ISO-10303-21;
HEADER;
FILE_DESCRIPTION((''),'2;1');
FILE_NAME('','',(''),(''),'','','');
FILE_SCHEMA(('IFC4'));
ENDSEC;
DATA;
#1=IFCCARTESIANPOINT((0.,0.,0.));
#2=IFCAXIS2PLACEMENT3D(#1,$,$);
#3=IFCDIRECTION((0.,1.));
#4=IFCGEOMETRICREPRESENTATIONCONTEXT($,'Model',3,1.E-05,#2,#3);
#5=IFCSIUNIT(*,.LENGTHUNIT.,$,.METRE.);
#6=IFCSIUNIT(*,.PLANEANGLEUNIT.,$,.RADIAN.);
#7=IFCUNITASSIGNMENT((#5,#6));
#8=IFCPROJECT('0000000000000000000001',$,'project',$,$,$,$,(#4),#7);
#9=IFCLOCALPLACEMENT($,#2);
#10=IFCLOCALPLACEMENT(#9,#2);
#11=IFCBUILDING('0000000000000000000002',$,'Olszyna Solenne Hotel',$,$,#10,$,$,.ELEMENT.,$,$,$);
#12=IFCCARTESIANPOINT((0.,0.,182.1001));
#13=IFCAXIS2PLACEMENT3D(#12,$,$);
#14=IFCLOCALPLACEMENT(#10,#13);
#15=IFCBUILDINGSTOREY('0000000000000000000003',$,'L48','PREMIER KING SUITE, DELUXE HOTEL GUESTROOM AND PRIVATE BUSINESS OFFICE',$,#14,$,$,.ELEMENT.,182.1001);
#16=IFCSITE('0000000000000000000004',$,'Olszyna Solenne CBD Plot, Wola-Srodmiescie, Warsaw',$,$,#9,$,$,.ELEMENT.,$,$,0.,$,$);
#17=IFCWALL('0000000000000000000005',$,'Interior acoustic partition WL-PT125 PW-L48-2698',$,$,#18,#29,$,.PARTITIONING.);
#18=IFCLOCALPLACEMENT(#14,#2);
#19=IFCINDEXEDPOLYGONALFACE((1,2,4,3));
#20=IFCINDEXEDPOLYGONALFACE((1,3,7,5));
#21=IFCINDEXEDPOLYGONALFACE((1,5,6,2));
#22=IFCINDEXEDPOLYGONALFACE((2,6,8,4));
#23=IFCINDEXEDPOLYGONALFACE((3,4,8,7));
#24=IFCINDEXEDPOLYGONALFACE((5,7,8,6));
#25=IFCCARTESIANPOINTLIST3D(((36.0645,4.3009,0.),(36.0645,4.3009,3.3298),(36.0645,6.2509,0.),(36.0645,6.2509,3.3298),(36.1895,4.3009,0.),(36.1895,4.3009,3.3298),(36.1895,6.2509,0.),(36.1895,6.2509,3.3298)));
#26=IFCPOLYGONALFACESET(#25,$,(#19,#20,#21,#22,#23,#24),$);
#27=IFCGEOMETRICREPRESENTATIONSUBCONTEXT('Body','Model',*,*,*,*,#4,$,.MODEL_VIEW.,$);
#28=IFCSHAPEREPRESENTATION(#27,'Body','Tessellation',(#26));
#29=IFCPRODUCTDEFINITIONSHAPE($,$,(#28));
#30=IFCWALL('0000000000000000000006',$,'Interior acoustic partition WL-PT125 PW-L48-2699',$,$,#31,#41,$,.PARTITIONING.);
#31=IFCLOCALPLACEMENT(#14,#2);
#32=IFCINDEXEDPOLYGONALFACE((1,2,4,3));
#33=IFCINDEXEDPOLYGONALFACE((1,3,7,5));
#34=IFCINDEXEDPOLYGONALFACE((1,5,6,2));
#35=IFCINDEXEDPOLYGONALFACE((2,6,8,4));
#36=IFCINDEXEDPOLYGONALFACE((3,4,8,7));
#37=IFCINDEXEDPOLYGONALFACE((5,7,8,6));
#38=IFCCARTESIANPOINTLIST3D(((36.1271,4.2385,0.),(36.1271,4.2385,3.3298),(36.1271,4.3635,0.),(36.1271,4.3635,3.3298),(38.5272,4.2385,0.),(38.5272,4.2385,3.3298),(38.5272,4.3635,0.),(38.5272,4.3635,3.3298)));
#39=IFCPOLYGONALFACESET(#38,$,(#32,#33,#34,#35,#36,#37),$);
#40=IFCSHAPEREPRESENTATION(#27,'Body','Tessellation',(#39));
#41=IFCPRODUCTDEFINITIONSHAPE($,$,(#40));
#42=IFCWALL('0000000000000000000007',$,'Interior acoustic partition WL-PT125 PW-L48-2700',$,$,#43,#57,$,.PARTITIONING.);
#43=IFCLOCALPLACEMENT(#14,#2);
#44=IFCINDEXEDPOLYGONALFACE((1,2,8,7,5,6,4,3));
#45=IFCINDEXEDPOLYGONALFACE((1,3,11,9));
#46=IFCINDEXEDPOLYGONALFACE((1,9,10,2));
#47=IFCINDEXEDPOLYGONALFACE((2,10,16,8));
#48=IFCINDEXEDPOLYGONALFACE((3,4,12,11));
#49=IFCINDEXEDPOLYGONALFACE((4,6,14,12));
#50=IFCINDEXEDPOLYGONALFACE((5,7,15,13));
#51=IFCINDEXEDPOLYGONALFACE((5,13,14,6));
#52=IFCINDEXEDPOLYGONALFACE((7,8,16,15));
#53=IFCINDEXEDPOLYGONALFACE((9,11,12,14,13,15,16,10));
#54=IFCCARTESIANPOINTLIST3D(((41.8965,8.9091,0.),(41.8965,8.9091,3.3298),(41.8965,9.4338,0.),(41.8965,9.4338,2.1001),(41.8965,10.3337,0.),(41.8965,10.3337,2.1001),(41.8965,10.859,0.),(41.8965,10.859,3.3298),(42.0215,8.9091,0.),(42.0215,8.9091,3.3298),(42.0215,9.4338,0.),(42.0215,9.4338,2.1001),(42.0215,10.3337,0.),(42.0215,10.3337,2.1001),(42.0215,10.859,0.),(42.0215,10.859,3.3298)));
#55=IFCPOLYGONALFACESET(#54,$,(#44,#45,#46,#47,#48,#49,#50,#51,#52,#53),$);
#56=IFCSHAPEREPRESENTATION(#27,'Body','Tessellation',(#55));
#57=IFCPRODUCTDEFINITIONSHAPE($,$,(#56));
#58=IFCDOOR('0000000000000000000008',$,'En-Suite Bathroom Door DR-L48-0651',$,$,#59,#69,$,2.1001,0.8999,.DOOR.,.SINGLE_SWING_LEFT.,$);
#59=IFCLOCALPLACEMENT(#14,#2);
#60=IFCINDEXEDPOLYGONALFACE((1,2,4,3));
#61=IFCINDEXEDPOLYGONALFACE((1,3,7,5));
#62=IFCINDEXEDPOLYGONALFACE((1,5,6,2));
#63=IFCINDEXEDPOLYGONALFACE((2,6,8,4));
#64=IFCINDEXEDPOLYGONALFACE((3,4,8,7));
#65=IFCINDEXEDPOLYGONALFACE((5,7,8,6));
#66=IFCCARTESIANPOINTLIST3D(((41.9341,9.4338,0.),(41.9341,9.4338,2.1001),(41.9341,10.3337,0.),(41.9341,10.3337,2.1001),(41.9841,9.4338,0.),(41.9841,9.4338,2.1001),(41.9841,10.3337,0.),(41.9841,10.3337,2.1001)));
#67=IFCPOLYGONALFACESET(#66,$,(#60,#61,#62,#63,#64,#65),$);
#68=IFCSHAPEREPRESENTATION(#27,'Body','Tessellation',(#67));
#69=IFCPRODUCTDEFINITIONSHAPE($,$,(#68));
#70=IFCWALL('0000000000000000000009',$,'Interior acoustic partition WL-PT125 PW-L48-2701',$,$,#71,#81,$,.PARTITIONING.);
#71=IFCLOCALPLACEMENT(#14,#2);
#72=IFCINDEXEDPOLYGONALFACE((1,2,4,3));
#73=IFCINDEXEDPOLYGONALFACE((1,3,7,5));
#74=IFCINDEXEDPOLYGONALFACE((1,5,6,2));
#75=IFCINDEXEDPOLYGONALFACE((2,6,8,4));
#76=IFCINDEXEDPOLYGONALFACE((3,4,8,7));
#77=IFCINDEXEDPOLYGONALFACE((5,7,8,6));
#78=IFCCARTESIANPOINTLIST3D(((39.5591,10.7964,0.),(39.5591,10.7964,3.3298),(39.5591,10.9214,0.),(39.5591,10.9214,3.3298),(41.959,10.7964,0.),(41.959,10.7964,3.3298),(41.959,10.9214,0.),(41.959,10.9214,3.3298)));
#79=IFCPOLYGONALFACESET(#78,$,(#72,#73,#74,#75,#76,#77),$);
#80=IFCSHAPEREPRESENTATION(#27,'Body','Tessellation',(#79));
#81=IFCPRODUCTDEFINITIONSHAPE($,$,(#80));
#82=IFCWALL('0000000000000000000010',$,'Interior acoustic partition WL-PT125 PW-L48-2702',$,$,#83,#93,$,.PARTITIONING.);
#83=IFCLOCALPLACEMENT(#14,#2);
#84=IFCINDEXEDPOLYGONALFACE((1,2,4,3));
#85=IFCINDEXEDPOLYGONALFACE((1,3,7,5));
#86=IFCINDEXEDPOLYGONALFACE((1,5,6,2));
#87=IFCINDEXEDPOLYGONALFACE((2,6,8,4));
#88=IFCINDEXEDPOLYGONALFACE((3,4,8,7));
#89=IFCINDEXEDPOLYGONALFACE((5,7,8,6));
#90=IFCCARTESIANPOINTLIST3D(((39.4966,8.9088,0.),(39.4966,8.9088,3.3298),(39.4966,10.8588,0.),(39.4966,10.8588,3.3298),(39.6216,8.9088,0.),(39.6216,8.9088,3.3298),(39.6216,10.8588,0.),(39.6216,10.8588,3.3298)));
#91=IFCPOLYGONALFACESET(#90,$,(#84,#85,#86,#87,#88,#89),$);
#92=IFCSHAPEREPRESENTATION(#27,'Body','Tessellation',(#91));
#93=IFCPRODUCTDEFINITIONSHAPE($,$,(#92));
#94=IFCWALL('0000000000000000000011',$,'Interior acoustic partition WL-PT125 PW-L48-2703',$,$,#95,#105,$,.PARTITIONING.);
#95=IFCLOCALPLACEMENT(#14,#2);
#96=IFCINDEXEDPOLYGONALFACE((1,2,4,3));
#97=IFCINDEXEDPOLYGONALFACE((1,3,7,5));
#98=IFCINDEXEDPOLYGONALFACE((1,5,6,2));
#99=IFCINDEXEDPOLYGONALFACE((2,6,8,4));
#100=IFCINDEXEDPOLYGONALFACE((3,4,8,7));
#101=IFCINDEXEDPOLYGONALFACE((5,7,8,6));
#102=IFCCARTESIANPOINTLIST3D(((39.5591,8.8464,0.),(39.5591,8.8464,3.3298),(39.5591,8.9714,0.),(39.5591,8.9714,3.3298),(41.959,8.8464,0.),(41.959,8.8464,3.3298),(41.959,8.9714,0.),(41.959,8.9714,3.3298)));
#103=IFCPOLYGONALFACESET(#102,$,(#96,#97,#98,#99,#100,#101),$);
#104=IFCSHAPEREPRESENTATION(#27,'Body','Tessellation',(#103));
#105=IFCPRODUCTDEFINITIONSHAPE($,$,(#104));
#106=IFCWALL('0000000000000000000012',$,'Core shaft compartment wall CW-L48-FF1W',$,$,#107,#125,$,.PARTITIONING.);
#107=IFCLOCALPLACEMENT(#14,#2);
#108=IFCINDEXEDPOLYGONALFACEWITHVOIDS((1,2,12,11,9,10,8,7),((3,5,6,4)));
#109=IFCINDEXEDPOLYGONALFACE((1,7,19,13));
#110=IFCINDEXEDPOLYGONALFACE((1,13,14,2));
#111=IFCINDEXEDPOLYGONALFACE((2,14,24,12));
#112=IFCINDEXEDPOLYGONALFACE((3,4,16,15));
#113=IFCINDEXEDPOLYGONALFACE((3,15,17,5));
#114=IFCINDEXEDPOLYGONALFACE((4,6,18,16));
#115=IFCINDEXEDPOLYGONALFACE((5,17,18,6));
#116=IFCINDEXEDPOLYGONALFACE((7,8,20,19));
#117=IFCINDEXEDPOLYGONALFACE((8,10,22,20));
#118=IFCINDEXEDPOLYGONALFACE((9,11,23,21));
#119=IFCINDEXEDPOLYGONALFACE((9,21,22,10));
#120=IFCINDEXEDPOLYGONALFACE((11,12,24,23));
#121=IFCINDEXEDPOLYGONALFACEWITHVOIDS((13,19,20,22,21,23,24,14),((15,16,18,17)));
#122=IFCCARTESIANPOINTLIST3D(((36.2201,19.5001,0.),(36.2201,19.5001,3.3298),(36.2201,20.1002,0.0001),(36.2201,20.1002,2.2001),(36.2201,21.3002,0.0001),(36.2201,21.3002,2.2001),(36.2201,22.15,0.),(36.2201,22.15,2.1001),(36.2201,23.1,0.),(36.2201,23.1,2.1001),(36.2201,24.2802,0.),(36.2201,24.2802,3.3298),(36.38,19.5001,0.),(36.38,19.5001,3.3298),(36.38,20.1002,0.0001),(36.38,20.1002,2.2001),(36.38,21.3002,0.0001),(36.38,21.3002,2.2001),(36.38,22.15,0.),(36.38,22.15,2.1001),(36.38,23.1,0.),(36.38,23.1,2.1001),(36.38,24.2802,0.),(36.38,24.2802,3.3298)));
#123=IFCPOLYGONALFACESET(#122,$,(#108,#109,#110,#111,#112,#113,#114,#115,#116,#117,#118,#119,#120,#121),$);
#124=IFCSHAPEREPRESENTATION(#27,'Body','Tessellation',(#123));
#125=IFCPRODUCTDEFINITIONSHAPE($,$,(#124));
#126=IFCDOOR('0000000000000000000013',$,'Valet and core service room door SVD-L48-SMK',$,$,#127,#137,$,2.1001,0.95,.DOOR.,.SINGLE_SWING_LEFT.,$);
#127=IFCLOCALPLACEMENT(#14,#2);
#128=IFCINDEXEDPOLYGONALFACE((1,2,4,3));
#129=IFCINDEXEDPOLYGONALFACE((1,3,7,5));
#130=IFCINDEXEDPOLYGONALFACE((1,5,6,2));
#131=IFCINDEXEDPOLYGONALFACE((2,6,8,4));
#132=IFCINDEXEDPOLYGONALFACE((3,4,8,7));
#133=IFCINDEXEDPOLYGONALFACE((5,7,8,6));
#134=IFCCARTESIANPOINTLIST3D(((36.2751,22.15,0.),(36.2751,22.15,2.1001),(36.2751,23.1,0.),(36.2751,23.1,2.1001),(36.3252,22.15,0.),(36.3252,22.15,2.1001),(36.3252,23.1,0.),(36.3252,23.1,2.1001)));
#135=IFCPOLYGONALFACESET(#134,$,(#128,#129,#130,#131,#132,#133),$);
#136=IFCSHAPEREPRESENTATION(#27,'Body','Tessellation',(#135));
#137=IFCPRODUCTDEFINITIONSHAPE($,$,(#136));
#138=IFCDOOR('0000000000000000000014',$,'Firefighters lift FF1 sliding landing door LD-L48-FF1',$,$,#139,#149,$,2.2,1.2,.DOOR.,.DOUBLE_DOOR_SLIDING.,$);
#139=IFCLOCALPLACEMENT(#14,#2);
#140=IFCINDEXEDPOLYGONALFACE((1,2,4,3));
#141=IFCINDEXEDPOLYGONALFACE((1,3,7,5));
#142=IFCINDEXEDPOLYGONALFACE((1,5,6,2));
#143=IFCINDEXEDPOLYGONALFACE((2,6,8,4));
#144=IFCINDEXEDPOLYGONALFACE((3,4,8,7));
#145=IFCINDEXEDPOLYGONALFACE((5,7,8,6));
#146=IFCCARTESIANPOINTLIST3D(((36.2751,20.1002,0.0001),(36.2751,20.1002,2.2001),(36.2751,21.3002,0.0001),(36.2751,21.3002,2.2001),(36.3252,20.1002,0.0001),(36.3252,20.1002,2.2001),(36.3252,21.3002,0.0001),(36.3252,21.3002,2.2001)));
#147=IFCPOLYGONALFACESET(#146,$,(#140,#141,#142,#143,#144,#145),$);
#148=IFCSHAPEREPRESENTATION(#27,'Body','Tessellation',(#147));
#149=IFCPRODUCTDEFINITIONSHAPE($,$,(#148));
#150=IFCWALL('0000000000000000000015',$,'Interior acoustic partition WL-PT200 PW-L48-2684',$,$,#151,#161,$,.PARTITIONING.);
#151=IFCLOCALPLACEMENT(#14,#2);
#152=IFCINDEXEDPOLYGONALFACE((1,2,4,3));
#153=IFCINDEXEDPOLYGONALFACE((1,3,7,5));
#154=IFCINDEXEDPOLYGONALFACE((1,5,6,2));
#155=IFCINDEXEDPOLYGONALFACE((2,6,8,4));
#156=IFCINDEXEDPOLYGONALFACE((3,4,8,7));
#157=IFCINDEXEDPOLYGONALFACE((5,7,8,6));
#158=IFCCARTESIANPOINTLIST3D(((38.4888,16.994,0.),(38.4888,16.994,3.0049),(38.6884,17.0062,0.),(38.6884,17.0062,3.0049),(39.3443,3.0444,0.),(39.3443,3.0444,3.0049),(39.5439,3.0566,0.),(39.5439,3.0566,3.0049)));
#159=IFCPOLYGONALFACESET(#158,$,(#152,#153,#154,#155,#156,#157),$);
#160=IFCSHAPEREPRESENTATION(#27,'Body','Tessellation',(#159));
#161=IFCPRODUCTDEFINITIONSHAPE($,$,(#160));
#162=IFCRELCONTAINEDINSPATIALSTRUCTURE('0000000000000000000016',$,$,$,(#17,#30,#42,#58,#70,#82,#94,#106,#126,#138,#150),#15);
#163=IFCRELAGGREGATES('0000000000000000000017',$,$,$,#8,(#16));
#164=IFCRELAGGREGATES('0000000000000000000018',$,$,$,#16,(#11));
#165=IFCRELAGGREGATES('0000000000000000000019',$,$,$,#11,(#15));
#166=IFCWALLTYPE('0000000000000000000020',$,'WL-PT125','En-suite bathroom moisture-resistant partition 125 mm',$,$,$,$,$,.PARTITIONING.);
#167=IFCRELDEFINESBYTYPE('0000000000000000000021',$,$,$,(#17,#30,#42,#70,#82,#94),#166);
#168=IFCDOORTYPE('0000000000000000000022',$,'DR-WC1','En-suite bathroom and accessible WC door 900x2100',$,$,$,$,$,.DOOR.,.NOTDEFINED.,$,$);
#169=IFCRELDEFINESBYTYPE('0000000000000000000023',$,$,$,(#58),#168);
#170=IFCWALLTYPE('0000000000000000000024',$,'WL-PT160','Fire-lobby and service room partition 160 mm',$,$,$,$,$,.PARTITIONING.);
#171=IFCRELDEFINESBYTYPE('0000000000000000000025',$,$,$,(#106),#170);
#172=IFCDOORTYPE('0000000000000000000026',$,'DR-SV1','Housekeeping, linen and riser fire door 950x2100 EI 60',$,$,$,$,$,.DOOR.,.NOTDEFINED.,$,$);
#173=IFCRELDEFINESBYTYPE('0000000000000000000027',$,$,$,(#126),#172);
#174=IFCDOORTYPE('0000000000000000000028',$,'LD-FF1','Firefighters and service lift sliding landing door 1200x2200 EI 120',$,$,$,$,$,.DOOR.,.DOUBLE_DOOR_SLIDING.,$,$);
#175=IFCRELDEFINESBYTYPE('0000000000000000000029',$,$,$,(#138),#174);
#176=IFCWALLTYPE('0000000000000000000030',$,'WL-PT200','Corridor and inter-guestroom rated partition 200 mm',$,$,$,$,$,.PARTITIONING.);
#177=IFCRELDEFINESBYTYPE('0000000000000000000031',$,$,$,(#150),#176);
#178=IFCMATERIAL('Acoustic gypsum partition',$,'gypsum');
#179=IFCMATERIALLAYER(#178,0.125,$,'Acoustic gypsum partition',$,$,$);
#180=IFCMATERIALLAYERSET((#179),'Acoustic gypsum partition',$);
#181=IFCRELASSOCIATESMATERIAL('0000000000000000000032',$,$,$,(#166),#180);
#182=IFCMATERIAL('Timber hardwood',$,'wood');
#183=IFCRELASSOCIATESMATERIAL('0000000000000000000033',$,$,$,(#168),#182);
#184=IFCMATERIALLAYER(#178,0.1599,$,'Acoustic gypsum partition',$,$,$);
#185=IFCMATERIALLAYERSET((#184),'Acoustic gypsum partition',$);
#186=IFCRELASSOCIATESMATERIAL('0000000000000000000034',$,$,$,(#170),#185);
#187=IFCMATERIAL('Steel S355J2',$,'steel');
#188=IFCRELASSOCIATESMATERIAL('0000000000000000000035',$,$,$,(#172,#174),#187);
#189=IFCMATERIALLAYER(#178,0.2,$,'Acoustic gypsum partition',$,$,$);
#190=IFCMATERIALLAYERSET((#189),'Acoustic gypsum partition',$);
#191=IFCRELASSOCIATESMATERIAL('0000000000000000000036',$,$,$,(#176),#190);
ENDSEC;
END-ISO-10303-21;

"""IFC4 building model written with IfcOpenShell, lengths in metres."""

from ifc_helpers import new_model, si_unit, direction, frame, frame_2d, origin, place, context, subcontext, project, spatial, rectangle, extrude, source, transform, mapped, material, layer, layer_set, type_object, type_shapes, element, fill, save


model = new_model("IFC4")

# Units and contexts
model_context = context("Model", 3, precision=1e-05, world=origin(), true_north=direction((0.0, 1.0)))
body_context = subcontext(model_context, "Body", "Model", "MODEL_VIEW")
ifc_project = project(units=[si_unit("LENGTHUNIT", "METRE"), si_unit("PLANEANGLEUNIT", "RADIAN")], contexts=[model_context])

# Site, building, storey
site_placement = place(None, origin())
site = spatial("IfcSite", under=ifc_project, at=site_placement, Name="Olszyna Solenne CBD Plot, Wola-Srodmiescie, Warsaw", CompositionType="ELEMENT", RefElevation=0.0)
building_placement = place(site_placement, origin())
building = spatial("IfcBuilding", under=site, at=building_placement, Name="Olszyna Solenne Hotel", CompositionType="ELEMENT")
storey_placement = place(building_placement, frame((0.0, 0.0, 182.1001)))
storey = spatial("IfcBuildingStorey", under=building, at=storey_placement, Name="L48", Description="PREMIER KING SUITE, DELUXE HOTEL GUESTROOM AND PRIVATE BUSINESS OFFICE", CompositionType="ELEMENT", Elevation=182.1001)

# Shared definitions
ifc_material_1 = material(Name="Steel S355J2", Category="steel")

# Shared definitions
ifc_material_2 = material(Name="Acoustic gypsum partition", Category="gypsum")
ifc_layer_1 = layer(ifc_material_2, 0.125, Name="Acoustic gypsum partition")
ifc_layer_set_1 = layer_set([ifc_layer_1], Name="Acoustic gypsum partition")
wall_type_1 = type_object("IfcWallType", Name="WL-PT125", Description="En-suite bathroom moisture-resistant partition 125 mm", PredefinedType="PARTITIONING", material=ifc_layer_set_1)

# Shared definitions
ifc_material_3 = material(Name="Timber hardwood", Category="wood")
door_type_1 = type_object("IfcDoorType", Name="DR-WC1", Description="En-suite bathroom and accessible WC door 900x2100", OperationType="NOTDEFINED", PredefinedType="DOOR", material=ifc_material_3)
shared_shape_1 = source(origin(), body_context, "Body", "SweptSolid", [
    extrude(rectangle(XDim=0.8999, YDim=2.1001, at=frame_2d((0.45, 1.05))), frame((0.0, 0.0249, 0.0), z_axis=(0.0, -1.0, 0.0), x_axis=(1.0, 0.0, 0.0)), (0.0, 0.0, 1.0), 0.05),
])
type_shapes(door_type_1, [shared_shape_1])

# Walls
wall_1_placement = place(storey_placement, frame((36.127, 6.251, 0.0), z_axis=(0.0, 0.0, 1.0), x_axis=(0.0, -1.0, 0.0)))
element("IfcWall", 1, at=wall_1_placement, inside=storey, type_object=wall_type_1, Name="Interior acoustic partition WL-PT125 PW-L48-2698", PredefinedType="PARTITIONING", context=body_context, shape_type="SweptSolid", body=[
    extrude(rectangle(XDim=1.95, YDim=0.125, at=frame_2d((0.9751, 0.0))), origin(), (0.0, 0.0, 1.0), 3.3298),
])
wall_2_placement = place(storey_placement, frame((36.127, 4.301, 0.0), z_axis=(0.0, 0.0, 1.0), x_axis=(1.0, 0.0, 0.0)))
element("IfcWall", 2, at=wall_2_placement, inside=storey, type_object=wall_type_1, Name="Interior acoustic partition WL-PT125 PW-L48-2699", PredefinedType="PARTITIONING", context=body_context, shape_type="SweptSolid", body=[
    extrude(rectangle(XDim=2.4001, YDim=0.125, at=frame_2d((1.2002, 0.0))), origin(), (0.0, 0.0, 1.0), 3.3298),
])

# Wall, opening, door
wall_3_placement = place(storey_placement, frame((41.959, 8.9089, 0.0), z_axis=(0.0, 0.0, 1.0), x_axis=(0.0, 1.0, 0.0)))
wall_3 = element("IfcWall", 3, at=wall_3_placement, inside=storey, type_object=wall_type_1, Name="Interior acoustic partition WL-PT125 PW-L48-2700", PredefinedType="PARTITIONING", context=body_context, shape_type="SweptSolid", body=[
    extrude(rectangle(XDim=1.95, YDim=0.125, at=frame_2d((0.9751, 0.0))), origin(), (0.0, 0.0, 1.0), 3.3298),
])
opening_1_placement = place(wall_3_placement, frame((0.5249, 0.0, 0.0)))
opening_1 = element("IfcOpeningElement", 4, at=opening_1_placement, cuts=wall_3, PredefinedType="OPENING", context=body_context, shape_type="SweptSolid", body=[
    extrude(rectangle(XDim=0.8999, YDim=2.1001, at=frame_2d((0.45, 1.05))), frame((0.0, 0.0725, 0.0), z_axis=(0.0, -1.0, 0.0), x_axis=(1.0, 0.0, 0.0)), (0.0, 0.0, 1.0), 0.145),
])
door_1_placement = place(opening_1_placement, origin())
door_1 = element("IfcDoor", 5, at=door_1_placement, inside=storey, type_object=door_type_1, Name="En-Suite Bathroom Door DR-L48-0651", OperationType="SINGLE_SWING_LEFT", OverallHeight=2.1001, OverallWidth=0.8999, PredefinedType="DOOR", context=body_context, shape_type="MappedRepresentation", body=[
    mapped(shared_shape_1, transform((0.0, 0.0, 0.0), x_axis=(1.0, 0.0, 0.0), y_axis=(0.0, 1.0, 0.0), z_axis=(0.0, 0.0, 1.0), scale=1.0)),
])
fill(opening_1, door_1)

# Walls
wall_4_placement = place(storey_placement, frame((41.959, 10.8589, 0.0), z_axis=(0.0, 0.0, 1.0), x_axis=(-1.0, 0.0, 0.0)))
element("IfcWall", 6, at=wall_4_placement, inside=storey, type_object=wall_type_1, Name="Interior acoustic partition WL-PT125 PW-L48-2701", PredefinedType="PARTITIONING", context=body_context, shape_type="SweptSolid", body=[
    extrude(rectangle(XDim=2.3999, YDim=0.125, at=frame_2d((1.2, 0.0))), origin(), (0.0, 0.0, 1.0), 3.3298),
])
wall_5_placement = place(storey_placement, frame((39.5591, 10.8589, 0.0), z_axis=(0.0, 0.0, 1.0), x_axis=(0.0, -1.0, 0.0)))
element("IfcWall", 7, at=wall_5_placement, inside=storey, type_object=wall_type_1, Name="Interior acoustic partition WL-PT125 PW-L48-2702", PredefinedType="PARTITIONING", context=body_context, shape_type="SweptSolid", body=[
    extrude(rectangle(XDim=1.95, YDim=0.125, at=frame_2d((0.9751, 0.0))), origin(), (0.0, 0.0, 1.0), 3.3298),
])
wall_6_placement = place(storey_placement, frame((39.5591, 8.9089, 0.0), z_axis=(0.0, 0.0, 1.0), x_axis=(1.0, 0.0, 0.0)))
element("IfcWall", 8, at=wall_6_placement, inside=storey, type_object=wall_type_1, Name="Interior acoustic partition WL-PT125 PW-L48-2703", PredefinedType="PARTITIONING", context=body_context, shape_type="SweptSolid", body=[
    extrude(rectangle(XDim=2.3999, YDim=0.125, at=frame_2d((1.2, 0.0))), origin(), (0.0, 0.0, 1.0), 3.3298),
])

# Wall, openings, doors
ifc_layer_2 = layer(ifc_material_2, 0.1599, Name="Acoustic gypsum partition")
ifc_layer_set_2 = layer_set([ifc_layer_2], Name="Acoustic gypsum partition")
wall_type_2 = type_object("IfcWallType", Name="WL-PT160", Description="Fire-lobby and service room partition 160 mm", PredefinedType="PARTITIONING", material=ifc_layer_set_2)
wall_7_placement = place(storey_placement, frame((36.3, 19.5, 0.0), z_axis=(0.0, 0.0, 1.0), x_axis=(0.0, 1.0, 0.0)))
wall_7 = element("IfcWall", 9, at=wall_7_placement, inside=storey, type_object=wall_type_2, Name="Core shaft compartment wall CW-L48-FF1W", PredefinedType="PARTITIONING", context=body_context, shape_type="SweptSolid", body=[
    extrude(rectangle(XDim=4.78, YDim=0.1599, at=frame_2d((2.3901, 0.0))), origin(), (0.0, 0.0, 1.0), 3.3298),
])
opening_2_placement = place(wall_7_placement, frame((0.6001, 0.0, 0.0)))
opening_2 = element("IfcOpeningElement", 10, at=opening_2_placement, cuts=wall_7, PredefinedType="OPENING", context=body_context, shape_type="SweptSolid", body=[
    extrude(rectangle(XDim=1.2, YDim=2.2, at=frame_2d((0.6001, 1.1001))), frame((0.0, 0.0898, 0.0), z_axis=(0.0, -1.0, 0.0), x_axis=(1.0, 0.0, 0.0)), (0.0, 0.0, 1.0), 0.1799),
])
opening_3_placement = place(wall_7_placement, frame((2.6499, 0.0, 0.0)))
opening_3 = element("IfcOpeningElement", 11, at=opening_3_placement, cuts=wall_7, PredefinedType="OPENING", context=body_context, shape_type="SweptSolid", body=[
    extrude(rectangle(XDim=0.95, YDim=2.1001, at=frame_2d((0.4751, 1.05))), frame((0.0, 0.0898, 0.0), z_axis=(0.0, -1.0, 0.0), x_axis=(1.0, 0.0, 0.0)), (0.0, 0.0, 1.0), 0.1799),
])
door_type_2 = type_object("IfcDoorType", Name="DR-SV1", Description="Housekeeping, linen and riser fire door 950x2100 EI 60", OperationType="NOTDEFINED", PredefinedType="DOOR", material=ifc_material_1)
shared_shape_2 = source(origin(), body_context, "Body", "SweptSolid", [
    extrude(rectangle(XDim=0.95, YDim=2.1001, at=frame_2d((0.4751, 1.05))), frame((0.0, 0.0249, 0.0), z_axis=(0.0, -1.0, 0.0), x_axis=(1.0, 0.0, 0.0)), (0.0, 0.0, 1.0), 0.05),
])
type_shapes(door_type_2, [shared_shape_2])
door_2_placement = place(opening_3_placement, origin())
door_2 = element("IfcDoor", 12, at=door_2_placement, inside=storey, type_object=door_type_2, Name="Valet and core service room door SVD-L48-SMK", OperationType="SINGLE_SWING_LEFT", OverallHeight=2.1001, OverallWidth=0.95, PredefinedType="DOOR", context=body_context, shape_type="MappedRepresentation", body=[
    mapped(shared_shape_2, transform((0.0, 0.0, 0.0), x_axis=(1.0, 0.0, 0.0), y_axis=(0.0, 1.0, 0.0), z_axis=(0.0, 0.0, 1.0), scale=1.0)),
])
fill(opening_3, door_2)
door_type_3 = type_object("IfcDoorType", Name="LD-FF1", Description="Firefighters and service lift sliding landing door 1200x2200 EI 120", OperationType="DOUBLE_DOOR_SLIDING", PredefinedType="DOOR", material=ifc_material_1)
shared_shape_3 = source(origin(), body_context, "Body", "SweptSolid", [
    extrude(rectangle(XDim=1.2, YDim=2.2, at=frame_2d((0.6001, 1.1001))), frame((0.0, 0.0249, 0.0), z_axis=(0.0, -1.0, 0.0), x_axis=(1.0, 0.0, 0.0)), (0.0, 0.0, 1.0), 0.05),
])
type_shapes(door_type_3, [shared_shape_3])
door_3_placement = place(opening_2_placement, origin())
door_3 = element("IfcDoor", 13, at=door_3_placement, inside=storey, type_object=door_type_3, Name="Firefighters lift FF1 sliding landing door LD-L48-FF1", OperationType="DOUBLE_DOOR_SLIDING", OverallHeight=2.2, OverallWidth=1.2, PredefinedType="DOOR", context=body_context, shape_type="MappedRepresentation", body=[
    mapped(shared_shape_3, transform((0.0, 0.0, 0.0), x_axis=(1.0, 0.0, 0.0), y_axis=(0.0, 1.0, 0.0), z_axis=(0.0, 0.0, 1.0), scale=1.0)),
])
fill(opening_2, door_3)

# Wall
ifc_layer_3 = layer(ifc_material_2, 0.2, Name="Acoustic gypsum partition")
ifc_layer_set_3 = layer_set([ifc_layer_3], Name="Acoustic gypsum partition")
wall_type_3 = type_object("IfcWallType", Name="WL-PT200", Description="Corridor and inter-guestroom rated partition 200 mm", PredefinedType="PARTITIONING", material=ifc_layer_set_3)
wall_8_placement = place(storey_placement, frame((38.5886, 17.0, 0.0), z_axis=(0.0, 0.0, 1.0), x_axis=(0.06121, -0.998125, 0.0)))
element("IfcWall", 14, at=wall_8_placement, inside=storey, type_object=wall_type_3, Name="Interior acoustic partition WL-PT200 PW-L48-2684", PredefinedType="PARTITIONING", context=body_context, shape_type="SweptSolid", body=[
    extrude(rectangle(XDim=13.9758, YDim=0.2, at=frame_2d((6.9878, 0.0))), origin(), (0.0, 0.0, 1.0), 3.0049),
])

save(model, "model.ifc")
